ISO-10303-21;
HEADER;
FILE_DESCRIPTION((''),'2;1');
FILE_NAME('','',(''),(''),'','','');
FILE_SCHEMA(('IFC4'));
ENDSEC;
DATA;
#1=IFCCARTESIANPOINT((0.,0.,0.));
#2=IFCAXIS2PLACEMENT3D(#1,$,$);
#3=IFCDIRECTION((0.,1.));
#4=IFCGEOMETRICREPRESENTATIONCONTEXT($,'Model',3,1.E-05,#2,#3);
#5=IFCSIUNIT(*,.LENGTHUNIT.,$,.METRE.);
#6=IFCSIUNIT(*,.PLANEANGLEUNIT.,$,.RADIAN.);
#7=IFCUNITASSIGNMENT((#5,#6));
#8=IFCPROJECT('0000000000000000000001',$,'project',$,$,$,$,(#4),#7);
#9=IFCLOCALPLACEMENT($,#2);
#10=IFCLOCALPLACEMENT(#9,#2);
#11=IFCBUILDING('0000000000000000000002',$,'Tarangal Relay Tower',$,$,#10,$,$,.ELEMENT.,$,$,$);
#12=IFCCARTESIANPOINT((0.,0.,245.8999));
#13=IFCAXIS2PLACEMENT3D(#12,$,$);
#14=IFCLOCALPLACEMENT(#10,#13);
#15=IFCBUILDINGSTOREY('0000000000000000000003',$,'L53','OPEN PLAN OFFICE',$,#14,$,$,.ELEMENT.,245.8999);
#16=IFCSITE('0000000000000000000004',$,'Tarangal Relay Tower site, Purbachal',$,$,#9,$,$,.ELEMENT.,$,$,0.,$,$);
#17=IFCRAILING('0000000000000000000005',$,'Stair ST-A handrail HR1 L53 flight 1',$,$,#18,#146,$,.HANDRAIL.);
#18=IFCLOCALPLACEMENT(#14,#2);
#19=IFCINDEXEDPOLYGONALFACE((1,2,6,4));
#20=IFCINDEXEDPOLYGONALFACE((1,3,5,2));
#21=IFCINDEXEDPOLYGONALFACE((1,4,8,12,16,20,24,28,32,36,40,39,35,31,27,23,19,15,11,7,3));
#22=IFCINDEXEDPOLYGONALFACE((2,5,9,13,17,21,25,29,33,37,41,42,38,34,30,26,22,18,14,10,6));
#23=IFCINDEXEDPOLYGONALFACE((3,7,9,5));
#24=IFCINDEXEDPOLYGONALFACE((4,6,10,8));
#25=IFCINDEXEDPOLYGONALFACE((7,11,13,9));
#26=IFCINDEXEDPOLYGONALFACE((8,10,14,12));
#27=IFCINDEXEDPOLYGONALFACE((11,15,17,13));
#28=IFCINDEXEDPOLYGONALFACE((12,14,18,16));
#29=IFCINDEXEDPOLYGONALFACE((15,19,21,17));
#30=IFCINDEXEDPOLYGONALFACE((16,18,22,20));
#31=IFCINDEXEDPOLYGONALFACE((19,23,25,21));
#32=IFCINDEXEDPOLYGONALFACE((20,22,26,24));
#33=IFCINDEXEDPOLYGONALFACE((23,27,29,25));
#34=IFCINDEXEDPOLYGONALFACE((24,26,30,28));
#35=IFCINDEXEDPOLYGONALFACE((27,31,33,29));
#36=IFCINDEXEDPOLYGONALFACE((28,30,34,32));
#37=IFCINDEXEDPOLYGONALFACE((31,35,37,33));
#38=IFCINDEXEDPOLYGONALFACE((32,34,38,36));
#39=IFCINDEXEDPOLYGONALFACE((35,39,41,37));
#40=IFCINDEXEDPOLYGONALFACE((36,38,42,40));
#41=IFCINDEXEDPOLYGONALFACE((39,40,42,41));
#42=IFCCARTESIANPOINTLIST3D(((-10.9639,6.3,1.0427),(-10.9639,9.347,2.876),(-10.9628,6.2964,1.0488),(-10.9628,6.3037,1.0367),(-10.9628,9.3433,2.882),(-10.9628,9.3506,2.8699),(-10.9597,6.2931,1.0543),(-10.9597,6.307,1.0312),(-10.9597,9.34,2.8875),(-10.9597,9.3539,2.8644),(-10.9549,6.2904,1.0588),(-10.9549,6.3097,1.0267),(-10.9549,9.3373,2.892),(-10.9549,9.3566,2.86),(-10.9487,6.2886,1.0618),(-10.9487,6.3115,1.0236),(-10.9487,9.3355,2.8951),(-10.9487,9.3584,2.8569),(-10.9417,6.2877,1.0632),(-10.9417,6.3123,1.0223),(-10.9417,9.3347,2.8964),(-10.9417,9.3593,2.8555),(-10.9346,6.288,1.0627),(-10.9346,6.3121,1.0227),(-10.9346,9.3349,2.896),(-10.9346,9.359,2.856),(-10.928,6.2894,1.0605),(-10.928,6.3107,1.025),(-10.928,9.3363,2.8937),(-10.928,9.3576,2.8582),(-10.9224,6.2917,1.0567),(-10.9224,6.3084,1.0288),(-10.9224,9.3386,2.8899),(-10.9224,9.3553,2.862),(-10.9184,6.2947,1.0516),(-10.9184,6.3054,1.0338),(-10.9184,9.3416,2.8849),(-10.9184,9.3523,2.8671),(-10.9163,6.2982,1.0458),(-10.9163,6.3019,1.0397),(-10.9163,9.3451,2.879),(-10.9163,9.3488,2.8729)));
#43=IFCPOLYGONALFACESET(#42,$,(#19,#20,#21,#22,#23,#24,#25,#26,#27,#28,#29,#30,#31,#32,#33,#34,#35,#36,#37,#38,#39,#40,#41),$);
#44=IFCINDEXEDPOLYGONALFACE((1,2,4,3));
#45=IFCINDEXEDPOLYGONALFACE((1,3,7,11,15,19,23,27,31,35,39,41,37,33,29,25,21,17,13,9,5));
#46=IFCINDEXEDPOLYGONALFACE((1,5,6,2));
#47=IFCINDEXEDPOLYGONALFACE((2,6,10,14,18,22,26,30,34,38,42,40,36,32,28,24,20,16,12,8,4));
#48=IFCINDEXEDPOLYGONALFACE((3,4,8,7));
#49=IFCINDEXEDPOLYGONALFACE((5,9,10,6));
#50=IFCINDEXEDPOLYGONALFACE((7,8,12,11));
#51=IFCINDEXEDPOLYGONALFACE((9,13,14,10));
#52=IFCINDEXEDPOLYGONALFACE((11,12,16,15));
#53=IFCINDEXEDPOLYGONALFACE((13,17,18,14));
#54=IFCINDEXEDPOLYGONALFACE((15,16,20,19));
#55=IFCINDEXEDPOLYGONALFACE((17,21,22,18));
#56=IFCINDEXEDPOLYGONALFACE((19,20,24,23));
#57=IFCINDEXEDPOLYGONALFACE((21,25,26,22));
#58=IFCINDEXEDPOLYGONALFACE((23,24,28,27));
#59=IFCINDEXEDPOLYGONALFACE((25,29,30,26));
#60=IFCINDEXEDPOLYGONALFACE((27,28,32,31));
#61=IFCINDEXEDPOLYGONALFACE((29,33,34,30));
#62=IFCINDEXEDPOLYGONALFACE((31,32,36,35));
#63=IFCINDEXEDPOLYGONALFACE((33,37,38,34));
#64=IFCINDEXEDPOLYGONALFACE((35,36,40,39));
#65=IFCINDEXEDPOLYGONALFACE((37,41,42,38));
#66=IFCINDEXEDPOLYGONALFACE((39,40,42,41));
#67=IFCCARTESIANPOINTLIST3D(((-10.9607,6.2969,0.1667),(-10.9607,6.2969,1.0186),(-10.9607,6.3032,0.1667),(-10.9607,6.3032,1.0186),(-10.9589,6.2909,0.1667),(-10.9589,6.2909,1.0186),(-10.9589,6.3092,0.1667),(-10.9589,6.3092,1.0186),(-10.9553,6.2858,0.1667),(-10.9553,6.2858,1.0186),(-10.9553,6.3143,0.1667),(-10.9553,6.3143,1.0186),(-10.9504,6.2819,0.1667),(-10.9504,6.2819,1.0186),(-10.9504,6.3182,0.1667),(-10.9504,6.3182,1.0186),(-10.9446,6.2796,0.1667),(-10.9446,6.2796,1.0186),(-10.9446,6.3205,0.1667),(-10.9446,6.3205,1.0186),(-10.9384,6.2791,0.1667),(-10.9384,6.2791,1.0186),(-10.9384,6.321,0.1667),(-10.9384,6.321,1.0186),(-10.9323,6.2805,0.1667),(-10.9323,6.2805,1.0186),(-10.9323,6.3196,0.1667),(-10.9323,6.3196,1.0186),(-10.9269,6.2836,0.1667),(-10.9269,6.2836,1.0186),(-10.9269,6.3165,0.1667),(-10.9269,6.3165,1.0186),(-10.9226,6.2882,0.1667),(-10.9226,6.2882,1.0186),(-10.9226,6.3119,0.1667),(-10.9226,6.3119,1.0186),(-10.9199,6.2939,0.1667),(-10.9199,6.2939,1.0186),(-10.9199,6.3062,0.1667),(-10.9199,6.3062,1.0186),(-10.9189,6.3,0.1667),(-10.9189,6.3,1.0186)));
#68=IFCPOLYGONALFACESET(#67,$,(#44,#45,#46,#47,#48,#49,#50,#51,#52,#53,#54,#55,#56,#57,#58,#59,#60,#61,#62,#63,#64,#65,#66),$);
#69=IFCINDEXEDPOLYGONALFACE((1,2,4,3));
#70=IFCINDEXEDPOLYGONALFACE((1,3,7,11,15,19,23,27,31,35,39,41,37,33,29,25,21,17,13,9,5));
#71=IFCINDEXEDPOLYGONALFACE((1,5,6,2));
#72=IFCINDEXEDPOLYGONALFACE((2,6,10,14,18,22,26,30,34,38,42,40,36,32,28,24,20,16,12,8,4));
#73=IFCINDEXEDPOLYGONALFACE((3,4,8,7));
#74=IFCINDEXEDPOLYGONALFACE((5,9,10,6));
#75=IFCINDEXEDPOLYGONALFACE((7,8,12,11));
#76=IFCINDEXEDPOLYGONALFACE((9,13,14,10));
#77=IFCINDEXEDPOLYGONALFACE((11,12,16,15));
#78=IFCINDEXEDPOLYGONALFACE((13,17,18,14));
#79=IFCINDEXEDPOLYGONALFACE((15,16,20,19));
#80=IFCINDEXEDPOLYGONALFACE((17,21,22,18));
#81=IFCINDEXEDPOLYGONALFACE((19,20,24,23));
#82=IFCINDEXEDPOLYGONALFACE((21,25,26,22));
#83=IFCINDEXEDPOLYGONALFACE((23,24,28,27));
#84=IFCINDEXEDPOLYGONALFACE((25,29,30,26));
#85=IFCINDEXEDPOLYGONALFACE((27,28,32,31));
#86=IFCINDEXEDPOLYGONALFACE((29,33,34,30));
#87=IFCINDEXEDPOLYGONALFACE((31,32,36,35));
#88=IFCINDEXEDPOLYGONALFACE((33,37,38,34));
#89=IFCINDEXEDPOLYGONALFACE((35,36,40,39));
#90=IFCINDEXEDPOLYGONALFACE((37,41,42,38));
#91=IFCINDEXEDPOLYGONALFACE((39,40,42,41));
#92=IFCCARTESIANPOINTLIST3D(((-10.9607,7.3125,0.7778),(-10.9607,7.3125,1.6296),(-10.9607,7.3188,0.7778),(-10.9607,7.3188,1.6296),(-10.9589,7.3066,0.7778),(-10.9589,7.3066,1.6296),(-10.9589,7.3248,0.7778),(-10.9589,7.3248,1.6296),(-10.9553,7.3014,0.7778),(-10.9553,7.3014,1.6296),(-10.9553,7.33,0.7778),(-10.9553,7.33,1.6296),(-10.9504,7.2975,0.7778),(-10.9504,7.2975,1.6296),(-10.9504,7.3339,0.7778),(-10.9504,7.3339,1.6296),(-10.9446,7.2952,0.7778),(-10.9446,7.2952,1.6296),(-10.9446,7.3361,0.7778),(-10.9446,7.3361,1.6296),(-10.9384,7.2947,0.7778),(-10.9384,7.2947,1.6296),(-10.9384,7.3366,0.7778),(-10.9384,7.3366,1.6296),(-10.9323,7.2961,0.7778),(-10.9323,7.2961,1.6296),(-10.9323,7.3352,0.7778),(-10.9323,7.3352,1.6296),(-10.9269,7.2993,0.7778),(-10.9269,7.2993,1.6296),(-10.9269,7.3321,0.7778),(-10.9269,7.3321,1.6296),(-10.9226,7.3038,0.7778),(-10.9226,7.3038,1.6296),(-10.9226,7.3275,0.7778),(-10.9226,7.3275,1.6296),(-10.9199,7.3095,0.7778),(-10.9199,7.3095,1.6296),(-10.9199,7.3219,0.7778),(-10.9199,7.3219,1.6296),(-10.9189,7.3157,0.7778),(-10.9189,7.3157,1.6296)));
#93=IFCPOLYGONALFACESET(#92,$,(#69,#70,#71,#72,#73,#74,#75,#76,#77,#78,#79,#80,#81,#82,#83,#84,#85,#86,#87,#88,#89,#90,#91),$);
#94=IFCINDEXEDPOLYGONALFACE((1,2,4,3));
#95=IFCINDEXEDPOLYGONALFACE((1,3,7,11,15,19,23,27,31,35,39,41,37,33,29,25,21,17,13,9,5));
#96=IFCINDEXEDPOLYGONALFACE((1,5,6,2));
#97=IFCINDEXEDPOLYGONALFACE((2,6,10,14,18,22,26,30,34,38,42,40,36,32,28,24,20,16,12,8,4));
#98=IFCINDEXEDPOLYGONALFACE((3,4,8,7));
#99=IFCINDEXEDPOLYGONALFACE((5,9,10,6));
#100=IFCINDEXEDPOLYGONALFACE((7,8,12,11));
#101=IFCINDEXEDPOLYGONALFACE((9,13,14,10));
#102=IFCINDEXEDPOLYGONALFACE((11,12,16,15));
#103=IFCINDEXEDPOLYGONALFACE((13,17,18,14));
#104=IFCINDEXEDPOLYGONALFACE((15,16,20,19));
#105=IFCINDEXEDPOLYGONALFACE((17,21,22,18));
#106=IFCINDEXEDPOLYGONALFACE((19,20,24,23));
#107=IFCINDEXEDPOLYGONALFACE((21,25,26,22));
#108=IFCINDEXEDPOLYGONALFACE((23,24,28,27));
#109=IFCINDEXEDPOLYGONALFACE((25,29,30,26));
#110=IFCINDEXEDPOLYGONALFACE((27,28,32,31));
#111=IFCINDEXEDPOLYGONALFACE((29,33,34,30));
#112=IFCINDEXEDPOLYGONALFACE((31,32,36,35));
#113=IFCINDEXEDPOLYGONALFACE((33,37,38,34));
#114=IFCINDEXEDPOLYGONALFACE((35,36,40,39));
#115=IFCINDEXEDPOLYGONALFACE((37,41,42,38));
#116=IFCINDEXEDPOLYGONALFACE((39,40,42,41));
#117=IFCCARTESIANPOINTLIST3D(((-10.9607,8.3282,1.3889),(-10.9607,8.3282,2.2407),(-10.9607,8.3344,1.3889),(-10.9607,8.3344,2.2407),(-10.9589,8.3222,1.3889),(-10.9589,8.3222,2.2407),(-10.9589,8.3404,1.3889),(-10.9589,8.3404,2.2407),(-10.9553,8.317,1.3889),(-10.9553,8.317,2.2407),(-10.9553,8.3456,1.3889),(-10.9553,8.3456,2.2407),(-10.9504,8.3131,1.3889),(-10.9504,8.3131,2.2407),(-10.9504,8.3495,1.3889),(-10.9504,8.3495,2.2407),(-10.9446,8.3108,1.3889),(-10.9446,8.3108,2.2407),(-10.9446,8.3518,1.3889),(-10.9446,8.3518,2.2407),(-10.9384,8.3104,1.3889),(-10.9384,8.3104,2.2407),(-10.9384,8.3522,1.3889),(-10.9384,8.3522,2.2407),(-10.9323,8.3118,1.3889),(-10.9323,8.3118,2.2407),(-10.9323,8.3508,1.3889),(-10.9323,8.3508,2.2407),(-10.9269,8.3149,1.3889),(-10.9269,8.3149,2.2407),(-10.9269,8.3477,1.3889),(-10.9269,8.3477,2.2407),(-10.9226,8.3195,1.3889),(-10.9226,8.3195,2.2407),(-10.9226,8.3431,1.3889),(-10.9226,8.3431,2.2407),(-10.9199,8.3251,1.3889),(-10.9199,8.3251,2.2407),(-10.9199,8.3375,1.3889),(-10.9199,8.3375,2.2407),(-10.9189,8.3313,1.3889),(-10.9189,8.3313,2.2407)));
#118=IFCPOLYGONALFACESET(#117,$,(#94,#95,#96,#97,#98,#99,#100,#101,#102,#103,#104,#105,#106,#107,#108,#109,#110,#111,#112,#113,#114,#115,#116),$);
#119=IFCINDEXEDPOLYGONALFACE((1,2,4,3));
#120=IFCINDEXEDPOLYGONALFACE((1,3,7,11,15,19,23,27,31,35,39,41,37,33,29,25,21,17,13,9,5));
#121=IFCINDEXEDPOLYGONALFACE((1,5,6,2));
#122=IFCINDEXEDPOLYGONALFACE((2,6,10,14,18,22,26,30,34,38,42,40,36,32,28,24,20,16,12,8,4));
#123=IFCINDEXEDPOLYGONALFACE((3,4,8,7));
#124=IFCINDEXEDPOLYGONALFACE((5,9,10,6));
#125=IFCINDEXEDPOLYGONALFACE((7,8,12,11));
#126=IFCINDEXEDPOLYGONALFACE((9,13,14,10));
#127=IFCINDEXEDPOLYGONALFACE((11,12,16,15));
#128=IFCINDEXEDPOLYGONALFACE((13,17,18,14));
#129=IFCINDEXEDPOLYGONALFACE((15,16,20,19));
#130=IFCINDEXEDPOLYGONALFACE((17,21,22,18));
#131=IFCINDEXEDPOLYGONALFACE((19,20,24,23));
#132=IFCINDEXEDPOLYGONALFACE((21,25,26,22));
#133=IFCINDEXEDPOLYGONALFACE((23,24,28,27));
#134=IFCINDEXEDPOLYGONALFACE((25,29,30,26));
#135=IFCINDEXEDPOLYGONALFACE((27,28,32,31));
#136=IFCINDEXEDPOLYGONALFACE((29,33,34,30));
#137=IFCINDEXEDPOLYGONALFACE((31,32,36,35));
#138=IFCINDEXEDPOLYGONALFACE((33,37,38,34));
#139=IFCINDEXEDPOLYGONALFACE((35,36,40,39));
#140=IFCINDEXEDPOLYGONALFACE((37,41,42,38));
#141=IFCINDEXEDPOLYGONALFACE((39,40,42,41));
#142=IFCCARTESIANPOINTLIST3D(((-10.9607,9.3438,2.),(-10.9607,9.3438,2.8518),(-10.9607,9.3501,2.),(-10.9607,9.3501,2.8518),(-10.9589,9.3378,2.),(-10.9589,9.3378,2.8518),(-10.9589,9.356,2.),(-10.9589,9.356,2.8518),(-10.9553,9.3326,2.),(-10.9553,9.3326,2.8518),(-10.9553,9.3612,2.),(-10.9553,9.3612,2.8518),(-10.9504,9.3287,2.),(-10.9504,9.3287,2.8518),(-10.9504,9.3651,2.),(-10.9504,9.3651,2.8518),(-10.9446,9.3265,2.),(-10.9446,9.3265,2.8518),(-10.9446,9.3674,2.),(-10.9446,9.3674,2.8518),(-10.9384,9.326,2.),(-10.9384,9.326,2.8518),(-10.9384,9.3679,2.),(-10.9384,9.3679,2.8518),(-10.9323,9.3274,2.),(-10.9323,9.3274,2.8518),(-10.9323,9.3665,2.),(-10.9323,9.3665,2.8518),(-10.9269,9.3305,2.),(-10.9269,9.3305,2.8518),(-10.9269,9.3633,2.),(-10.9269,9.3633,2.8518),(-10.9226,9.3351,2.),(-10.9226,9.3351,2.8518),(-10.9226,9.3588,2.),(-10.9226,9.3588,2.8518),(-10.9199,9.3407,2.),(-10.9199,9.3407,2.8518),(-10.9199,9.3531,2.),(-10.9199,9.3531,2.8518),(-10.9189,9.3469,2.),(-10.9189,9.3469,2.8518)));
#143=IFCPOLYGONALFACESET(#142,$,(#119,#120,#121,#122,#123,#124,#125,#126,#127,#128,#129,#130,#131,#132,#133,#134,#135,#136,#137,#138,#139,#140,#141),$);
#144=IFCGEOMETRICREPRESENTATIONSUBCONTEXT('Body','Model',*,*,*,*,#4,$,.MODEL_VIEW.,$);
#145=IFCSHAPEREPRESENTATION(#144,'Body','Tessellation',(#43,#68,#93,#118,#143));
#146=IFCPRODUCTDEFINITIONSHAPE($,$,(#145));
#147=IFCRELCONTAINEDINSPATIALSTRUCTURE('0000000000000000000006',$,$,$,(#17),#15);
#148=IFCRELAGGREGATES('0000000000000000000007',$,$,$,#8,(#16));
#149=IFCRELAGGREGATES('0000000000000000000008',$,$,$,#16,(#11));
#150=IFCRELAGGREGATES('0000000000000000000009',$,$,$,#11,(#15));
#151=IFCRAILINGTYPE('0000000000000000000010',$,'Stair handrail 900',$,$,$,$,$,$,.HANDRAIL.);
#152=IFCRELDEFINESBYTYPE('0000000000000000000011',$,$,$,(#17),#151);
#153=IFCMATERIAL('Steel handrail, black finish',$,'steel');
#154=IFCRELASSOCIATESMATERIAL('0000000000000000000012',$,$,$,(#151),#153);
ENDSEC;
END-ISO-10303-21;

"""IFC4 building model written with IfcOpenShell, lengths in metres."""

from ifc_helpers import new_model, si_unit, direction, frame, origin, origin_2d, place, context, subcontext, project, spatial, circle, extrude, material, type_object, element, save


model = new_model("IFC4")

# Units and contexts
model_context = context("Model", 3, precision=1e-05, world=origin(), true_north=direction((0.0, 1.0)))
body_context = subcontext(model_context, "Body", "Model", "MODEL_VIEW")
ifc_project = project(units=[si_unit("LENGTHUNIT", "METRE"), si_unit("PLANEANGLEUNIT", "RADIAN")], contexts=[model_context])

# Site, building, storey
site_placement = place(None, origin())
site = spatial("IfcSite", under=ifc_project, at=site_placement, Name="Tarangal Relay Tower site, Purbachal", CompositionType="ELEMENT", RefElevation=0.0)
building_placement = place(site_placement, origin())
building = spatial("IfcBuilding", under=site, at=building_placement, Name="Tarangal Relay Tower", CompositionType="ELEMENT")
storey_placement = place(building_placement, frame((0.0, 0.0, 245.8999)))
storey = spatial("IfcBuildingStorey", under=building, at=storey_placement, Name="L53", Description="OPEN PLAN OFFICE", CompositionType="ELEMENT", Elevation=245.8999)

# Railing
ifc_material_1 = material(Name="Steel handrail, black finish", Category="steel")
railing_type_1 = type_object("IfcRailingType", Name="Stair handrail 900", PredefinedType="HANDRAIL", material=ifc_material_1)
railing_1_placement = place(storey_placement, frame((-10.9399, 6.3, 0.1667)))
element("IfcRailing", 1, at=railing_1_placement, inside=storey, type_object=railing_type_1, Name="Stair ST-A handrail HR1 L53 flight 1", PredefinedType="HANDRAIL", context=body_context, shape_type="SweptSolid", body=[
    extrude(circle(Radius=0.0239, at=origin_2d()), frame((0.0, 0.0, 0.876), z_axis=(0.0, 0.856856, 0.515556), x_axis=(-1.0, 0.0, 0.0)), (0.0, 0.0, 1.0), 3.5559),
    extrude(circle(Radius=0.021, at=origin_2d()), origin(), (0.0, 0.0, 1.0), 0.8518),
    extrude(circle(Radius=0.021, at=origin_2d()), frame((0.0, 1.0156, 0.6111)), (0.0, 0.0, 1.0), 0.8518),
    extrude(circle(Radius=0.021, at=origin_2d()), frame((0.0, 2.0312, 1.2222)), (0.0, 0.0, 1.0), 0.8518),
    extrude(circle(Radius=0.021, at=origin_2d()), frame((0.0, 3.0469, 1.8333)), (0.0, 0.0, 1.0), 0.8518),
])

save(model, "model.ifc")
